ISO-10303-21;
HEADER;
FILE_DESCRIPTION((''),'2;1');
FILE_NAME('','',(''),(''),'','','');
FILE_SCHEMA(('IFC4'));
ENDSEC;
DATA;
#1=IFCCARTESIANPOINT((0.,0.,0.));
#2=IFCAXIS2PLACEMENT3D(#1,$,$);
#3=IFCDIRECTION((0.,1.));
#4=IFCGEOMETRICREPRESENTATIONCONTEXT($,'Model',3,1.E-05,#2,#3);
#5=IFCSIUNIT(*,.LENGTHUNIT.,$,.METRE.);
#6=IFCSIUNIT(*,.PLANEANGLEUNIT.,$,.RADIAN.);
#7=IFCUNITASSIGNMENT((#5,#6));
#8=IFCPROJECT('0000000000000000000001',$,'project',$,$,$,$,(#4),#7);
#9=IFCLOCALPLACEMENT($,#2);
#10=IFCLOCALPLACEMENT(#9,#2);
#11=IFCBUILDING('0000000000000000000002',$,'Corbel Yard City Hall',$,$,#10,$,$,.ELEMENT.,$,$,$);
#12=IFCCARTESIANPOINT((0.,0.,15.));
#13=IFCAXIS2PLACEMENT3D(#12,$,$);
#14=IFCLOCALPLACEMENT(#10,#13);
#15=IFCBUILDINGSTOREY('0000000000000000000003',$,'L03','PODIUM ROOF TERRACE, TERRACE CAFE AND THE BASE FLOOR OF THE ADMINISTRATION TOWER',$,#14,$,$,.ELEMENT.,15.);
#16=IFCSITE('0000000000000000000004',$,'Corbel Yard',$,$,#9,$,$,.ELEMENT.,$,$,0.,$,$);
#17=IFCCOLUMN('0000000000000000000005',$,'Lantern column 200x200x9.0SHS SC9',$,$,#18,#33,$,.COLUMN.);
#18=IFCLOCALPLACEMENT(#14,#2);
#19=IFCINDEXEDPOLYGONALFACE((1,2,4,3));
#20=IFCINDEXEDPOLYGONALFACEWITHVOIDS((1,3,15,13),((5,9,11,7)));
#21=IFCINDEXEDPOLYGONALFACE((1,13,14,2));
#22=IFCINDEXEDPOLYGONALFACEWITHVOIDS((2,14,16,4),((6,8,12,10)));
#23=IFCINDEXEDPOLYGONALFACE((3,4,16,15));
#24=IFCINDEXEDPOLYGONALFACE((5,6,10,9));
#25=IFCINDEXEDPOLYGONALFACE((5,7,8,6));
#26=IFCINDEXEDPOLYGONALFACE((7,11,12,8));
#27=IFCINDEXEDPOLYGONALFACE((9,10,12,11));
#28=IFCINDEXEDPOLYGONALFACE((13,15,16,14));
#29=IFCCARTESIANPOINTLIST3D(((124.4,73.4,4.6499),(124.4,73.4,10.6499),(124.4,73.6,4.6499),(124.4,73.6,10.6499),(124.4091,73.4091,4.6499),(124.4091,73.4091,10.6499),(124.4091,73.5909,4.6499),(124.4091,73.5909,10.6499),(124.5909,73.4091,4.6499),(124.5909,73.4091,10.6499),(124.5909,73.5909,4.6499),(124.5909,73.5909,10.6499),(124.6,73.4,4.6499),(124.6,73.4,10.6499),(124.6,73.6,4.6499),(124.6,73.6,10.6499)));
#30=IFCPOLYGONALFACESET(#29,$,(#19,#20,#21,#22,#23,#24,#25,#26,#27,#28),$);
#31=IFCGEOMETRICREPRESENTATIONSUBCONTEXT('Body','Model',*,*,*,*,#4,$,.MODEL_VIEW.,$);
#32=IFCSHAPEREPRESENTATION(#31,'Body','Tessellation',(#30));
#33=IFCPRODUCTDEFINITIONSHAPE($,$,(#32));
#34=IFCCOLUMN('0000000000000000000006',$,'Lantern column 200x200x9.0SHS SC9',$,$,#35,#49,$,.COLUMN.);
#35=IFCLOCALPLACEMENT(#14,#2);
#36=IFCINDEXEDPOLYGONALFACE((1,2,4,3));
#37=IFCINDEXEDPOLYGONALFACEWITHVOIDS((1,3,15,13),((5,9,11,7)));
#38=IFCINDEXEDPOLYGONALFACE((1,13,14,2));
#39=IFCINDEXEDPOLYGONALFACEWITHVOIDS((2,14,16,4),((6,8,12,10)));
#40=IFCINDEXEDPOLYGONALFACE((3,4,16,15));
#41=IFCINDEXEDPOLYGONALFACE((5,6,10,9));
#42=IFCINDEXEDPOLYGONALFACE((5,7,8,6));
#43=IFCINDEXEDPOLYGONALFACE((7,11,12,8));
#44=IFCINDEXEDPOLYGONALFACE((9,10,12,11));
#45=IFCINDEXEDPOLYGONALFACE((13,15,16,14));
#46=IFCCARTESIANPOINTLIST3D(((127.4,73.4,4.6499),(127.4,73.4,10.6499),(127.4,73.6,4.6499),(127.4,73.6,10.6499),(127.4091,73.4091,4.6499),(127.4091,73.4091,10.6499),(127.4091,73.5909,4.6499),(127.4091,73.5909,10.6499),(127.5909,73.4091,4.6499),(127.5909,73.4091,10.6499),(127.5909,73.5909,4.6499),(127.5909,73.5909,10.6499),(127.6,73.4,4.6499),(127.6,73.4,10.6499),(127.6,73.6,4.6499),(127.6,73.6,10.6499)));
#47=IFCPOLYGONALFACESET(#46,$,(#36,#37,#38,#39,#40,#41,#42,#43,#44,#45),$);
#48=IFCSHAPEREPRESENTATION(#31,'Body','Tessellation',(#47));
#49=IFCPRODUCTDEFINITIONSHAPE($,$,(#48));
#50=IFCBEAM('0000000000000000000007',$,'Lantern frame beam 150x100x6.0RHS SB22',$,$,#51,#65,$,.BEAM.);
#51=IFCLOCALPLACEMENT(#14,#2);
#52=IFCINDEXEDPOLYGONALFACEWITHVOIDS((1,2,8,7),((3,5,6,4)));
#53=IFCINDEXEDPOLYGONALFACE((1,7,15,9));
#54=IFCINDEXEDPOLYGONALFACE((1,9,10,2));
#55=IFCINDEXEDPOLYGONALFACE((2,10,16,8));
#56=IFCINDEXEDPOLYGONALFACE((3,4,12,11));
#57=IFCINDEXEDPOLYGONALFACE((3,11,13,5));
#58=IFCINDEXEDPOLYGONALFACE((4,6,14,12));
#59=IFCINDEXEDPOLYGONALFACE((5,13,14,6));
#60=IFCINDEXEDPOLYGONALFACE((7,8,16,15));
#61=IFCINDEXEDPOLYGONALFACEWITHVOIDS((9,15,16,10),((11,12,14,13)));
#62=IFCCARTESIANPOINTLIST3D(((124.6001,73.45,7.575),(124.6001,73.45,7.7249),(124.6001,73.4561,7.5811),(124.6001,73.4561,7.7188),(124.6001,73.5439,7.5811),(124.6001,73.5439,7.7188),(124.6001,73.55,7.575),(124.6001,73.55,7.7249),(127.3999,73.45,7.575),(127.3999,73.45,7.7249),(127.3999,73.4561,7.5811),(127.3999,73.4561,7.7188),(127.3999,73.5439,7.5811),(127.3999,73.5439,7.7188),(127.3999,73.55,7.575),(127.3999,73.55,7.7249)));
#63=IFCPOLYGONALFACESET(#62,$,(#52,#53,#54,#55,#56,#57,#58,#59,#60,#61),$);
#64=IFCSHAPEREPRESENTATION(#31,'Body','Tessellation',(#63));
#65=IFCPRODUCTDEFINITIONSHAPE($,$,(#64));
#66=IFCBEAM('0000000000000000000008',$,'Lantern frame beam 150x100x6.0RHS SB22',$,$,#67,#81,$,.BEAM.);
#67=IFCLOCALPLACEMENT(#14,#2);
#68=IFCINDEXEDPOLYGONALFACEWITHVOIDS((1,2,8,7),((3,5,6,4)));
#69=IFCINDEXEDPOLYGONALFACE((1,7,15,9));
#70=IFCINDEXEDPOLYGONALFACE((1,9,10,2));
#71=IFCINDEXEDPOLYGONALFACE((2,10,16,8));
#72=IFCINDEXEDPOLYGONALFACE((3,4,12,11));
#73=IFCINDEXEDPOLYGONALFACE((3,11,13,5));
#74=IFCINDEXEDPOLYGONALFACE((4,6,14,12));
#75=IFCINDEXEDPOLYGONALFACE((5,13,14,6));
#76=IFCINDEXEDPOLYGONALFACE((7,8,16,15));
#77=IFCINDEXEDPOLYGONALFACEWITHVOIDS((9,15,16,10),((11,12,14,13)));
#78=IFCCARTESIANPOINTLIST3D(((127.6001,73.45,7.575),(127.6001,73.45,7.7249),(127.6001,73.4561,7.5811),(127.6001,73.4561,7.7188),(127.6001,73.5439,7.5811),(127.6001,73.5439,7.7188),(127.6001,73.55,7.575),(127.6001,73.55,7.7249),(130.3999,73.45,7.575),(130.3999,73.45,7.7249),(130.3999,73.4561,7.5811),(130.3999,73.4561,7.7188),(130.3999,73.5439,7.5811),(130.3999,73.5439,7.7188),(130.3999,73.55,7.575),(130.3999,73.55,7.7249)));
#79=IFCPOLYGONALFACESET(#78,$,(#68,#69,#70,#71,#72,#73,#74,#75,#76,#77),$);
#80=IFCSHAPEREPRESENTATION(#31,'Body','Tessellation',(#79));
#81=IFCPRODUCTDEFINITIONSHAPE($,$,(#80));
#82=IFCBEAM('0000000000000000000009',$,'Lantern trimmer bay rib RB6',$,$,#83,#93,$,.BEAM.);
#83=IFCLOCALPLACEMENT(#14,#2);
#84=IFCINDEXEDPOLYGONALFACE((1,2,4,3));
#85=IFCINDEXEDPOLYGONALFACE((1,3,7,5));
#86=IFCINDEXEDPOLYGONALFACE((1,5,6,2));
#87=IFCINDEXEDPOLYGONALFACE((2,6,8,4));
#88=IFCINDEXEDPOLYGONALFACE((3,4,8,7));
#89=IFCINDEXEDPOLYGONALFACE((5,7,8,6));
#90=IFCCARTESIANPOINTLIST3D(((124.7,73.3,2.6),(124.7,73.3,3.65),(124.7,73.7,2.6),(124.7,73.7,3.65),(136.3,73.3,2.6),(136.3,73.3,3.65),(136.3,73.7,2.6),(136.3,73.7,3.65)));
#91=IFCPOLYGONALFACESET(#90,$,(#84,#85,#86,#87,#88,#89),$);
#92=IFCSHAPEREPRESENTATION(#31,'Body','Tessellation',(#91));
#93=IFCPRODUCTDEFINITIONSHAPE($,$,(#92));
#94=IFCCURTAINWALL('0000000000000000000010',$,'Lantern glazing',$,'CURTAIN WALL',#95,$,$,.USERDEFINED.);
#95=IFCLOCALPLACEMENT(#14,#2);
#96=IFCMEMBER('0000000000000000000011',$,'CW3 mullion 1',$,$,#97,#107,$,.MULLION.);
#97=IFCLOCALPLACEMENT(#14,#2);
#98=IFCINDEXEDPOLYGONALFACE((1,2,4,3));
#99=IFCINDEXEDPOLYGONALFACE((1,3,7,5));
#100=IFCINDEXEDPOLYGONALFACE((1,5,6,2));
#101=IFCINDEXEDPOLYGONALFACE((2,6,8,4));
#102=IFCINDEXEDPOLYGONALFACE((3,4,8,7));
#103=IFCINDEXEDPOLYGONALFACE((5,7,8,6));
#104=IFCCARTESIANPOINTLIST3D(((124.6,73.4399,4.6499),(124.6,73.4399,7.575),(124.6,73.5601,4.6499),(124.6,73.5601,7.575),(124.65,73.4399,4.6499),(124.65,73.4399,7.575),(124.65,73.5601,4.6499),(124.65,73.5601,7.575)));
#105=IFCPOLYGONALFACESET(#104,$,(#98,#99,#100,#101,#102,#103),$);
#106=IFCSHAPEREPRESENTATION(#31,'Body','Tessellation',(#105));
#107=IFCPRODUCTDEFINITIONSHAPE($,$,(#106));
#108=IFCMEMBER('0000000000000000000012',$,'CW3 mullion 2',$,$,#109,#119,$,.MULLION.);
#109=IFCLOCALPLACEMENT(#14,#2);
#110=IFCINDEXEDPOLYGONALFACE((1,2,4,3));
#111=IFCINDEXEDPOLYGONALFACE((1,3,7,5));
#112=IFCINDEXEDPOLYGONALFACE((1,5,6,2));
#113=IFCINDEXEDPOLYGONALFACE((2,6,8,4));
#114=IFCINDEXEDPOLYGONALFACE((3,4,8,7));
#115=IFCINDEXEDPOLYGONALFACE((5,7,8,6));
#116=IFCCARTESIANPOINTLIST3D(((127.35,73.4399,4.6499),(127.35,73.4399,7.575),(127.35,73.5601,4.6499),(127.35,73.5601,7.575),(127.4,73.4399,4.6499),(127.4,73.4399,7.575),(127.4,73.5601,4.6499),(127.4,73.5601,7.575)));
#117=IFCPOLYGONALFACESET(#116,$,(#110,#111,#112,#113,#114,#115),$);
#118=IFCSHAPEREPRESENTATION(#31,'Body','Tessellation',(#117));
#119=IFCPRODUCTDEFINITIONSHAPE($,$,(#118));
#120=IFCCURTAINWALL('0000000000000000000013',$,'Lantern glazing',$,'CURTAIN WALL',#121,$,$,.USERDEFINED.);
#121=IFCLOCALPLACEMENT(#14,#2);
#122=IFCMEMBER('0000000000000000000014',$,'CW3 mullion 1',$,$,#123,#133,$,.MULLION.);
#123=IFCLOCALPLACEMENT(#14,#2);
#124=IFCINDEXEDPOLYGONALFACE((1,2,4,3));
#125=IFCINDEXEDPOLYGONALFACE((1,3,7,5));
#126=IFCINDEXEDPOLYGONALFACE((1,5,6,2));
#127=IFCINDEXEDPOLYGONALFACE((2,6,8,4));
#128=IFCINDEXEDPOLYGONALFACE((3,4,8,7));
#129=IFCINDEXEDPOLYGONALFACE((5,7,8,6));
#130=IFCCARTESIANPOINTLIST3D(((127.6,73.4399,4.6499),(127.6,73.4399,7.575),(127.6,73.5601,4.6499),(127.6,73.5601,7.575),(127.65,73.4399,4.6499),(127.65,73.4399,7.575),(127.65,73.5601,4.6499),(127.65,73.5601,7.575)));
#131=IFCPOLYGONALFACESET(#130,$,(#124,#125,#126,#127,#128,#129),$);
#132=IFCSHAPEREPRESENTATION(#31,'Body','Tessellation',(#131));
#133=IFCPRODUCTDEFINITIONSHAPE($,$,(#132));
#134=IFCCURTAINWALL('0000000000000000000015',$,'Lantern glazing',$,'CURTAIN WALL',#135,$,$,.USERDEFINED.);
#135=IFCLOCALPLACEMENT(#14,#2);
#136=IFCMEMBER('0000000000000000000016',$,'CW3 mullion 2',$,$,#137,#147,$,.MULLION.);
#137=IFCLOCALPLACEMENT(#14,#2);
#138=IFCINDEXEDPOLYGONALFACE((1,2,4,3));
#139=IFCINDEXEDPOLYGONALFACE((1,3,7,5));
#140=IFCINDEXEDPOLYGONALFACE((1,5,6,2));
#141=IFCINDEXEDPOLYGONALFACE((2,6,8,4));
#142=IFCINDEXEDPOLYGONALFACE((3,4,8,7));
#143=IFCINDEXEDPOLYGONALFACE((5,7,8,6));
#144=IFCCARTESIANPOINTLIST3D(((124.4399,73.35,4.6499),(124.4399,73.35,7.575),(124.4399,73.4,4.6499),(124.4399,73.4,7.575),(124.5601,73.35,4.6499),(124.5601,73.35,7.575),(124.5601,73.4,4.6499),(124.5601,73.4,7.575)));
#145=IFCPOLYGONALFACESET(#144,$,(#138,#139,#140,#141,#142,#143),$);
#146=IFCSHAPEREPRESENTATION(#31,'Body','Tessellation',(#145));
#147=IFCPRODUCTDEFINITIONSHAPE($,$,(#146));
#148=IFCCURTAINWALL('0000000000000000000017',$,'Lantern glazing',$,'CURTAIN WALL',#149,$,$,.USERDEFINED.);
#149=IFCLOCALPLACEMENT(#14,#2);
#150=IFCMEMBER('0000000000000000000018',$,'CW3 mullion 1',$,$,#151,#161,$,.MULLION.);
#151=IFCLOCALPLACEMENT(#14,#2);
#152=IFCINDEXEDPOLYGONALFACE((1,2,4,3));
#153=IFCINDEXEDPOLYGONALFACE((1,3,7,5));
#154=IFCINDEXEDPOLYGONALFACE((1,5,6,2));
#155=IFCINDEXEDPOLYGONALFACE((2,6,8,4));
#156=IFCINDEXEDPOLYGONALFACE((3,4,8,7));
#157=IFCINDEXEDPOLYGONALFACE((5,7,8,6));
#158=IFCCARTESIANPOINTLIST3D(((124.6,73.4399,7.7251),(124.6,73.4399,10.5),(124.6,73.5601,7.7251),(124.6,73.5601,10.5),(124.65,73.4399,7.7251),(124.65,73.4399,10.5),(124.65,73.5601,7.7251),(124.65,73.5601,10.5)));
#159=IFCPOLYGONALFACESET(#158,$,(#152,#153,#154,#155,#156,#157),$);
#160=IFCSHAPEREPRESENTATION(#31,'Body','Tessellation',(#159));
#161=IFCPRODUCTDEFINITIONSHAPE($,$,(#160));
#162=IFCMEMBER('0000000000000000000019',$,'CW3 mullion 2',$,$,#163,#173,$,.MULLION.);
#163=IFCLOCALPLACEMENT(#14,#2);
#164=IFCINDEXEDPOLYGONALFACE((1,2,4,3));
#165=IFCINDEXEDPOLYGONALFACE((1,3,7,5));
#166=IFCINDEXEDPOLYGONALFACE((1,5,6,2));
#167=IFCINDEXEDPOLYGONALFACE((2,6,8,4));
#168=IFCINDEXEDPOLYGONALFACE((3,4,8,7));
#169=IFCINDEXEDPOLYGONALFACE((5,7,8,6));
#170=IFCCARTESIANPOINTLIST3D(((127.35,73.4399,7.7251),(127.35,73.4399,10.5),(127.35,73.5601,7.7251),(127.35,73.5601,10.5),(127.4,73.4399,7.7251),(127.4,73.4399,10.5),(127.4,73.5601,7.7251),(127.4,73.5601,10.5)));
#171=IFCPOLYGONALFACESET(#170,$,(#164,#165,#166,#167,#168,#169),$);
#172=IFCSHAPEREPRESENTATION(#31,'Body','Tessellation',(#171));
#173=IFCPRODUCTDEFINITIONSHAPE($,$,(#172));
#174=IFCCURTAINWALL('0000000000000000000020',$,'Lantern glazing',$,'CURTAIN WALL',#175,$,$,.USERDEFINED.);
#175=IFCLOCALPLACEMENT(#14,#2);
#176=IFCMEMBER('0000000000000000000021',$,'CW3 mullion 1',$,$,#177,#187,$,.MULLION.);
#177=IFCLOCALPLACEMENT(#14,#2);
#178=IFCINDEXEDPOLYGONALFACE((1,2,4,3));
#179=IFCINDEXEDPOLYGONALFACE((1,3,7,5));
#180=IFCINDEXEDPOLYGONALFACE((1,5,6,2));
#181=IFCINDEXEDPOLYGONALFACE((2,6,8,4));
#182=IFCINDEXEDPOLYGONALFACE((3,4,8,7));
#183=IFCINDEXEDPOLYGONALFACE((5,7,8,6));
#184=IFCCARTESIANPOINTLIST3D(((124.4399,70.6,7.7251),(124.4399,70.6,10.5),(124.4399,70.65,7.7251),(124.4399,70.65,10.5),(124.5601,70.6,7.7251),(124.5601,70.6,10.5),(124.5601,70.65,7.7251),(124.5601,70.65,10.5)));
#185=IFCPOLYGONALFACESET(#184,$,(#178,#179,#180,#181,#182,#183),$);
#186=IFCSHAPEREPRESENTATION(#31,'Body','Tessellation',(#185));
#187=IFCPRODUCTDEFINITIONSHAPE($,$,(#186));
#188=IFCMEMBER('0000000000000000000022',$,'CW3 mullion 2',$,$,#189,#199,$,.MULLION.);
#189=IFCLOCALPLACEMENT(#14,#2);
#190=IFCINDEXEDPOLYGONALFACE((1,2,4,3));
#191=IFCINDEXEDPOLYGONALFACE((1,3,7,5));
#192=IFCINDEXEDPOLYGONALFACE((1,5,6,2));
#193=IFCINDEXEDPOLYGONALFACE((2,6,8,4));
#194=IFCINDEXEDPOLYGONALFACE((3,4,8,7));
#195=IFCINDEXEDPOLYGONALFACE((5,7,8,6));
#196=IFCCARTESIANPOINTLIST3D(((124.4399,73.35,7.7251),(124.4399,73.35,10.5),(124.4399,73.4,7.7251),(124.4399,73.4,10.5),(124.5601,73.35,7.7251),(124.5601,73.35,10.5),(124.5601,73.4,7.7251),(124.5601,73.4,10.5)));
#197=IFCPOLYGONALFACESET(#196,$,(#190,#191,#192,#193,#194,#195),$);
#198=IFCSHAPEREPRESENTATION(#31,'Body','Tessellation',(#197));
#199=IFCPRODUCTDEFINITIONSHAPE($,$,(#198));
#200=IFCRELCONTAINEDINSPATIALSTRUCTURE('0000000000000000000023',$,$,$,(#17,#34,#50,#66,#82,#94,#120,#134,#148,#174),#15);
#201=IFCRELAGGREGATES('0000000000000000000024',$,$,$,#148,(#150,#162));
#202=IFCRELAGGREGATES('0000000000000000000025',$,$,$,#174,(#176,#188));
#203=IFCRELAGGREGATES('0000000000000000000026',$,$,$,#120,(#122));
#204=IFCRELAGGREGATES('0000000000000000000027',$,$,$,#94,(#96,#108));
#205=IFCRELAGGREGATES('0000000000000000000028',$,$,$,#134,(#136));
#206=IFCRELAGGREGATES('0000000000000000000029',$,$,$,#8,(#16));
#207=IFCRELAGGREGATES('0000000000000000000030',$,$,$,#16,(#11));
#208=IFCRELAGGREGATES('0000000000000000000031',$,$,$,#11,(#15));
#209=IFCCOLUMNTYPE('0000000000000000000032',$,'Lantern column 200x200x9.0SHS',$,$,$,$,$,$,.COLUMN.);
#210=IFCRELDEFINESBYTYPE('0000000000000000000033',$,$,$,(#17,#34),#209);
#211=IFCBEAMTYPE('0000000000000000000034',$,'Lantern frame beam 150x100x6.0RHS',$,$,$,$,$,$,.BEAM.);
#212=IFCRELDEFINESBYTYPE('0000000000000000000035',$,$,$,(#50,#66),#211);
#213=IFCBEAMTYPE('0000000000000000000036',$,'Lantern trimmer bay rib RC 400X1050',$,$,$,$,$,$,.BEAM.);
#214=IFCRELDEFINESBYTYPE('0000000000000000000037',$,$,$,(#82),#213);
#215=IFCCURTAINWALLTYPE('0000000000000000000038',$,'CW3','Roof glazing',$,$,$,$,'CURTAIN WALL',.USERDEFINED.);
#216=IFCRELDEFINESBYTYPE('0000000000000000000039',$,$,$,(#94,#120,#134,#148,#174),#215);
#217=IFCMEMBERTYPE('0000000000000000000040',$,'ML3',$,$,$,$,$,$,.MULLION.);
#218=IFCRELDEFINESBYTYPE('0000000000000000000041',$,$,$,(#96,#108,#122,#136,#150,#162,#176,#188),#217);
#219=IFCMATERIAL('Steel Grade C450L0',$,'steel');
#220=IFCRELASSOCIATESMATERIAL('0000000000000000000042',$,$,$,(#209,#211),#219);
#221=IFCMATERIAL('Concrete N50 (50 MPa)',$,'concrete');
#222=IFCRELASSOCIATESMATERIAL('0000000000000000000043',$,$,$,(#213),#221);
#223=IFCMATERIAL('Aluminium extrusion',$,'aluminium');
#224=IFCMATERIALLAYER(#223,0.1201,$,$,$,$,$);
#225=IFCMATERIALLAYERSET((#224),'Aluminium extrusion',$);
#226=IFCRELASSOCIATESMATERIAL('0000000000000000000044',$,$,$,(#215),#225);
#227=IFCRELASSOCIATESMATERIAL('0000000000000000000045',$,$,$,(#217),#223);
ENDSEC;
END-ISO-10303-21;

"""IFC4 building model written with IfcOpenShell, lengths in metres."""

from ifc_helpers import new_model, si_unit, direction, frame, origin, origin_2d, place, context, subcontext, project, spatial, rectangle, hollow_rectangle, extrude, material, layer, layer_set, material_profile, profile_set, type_object, element, aggregate, save


model = new_model("IFC4")

# Units and contexts
model_context = context("Model", 3, precision=1e-05, world=origin(), true_north=direction((0.0, 1.0)))
body_context = subcontext(model_context, "Body", "Model", "MODEL_VIEW")
ifc_project = project(units=[si_unit("LENGTHUNIT", "METRE"), si_unit("PLANEANGLEUNIT", "RADIAN")], contexts=[model_context])

# Site, building, storey
site_placement = place(None, origin())
site = spatial("IfcSite", under=ifc_project, at=site_placement, Name="Corbel Yard", CompositionType="ELEMENT", RefElevation=0.0)
building_placement = place(site_placement, origin())
building = spatial("IfcBuilding", under=site, at=building_placement, Name="Corbel Yard City Hall", CompositionType="ELEMENT")
storey_placement = place(building_placement, frame((0.0, 0.0, 15.0)))
storey = spatial("IfcBuildingStorey", under=building, at=storey_placement, Name="L03", Description="PODIUM ROOF TERRACE, TERRACE CAFE AND THE BASE FLOOR OF THE ADMINISTRATION TOWER", CompositionType="ELEMENT", Elevation=15.0)

# Columns
ifc_material_1 = material(Name="Steel Grade C450L0", Category="steel")
ifc_material_profile_1 = material_profile(ifc_material_1, hollow_rectangle(XDim=0.2, YDim=0.2, WallThickness=0.009, at=origin_2d()), Name="200x200x9.0SHS")
ifc_profile_set_1 = profile_set([ifc_material_profile_1], Name="Steel Grade C450L0")
column_type = type_object("IfcColumnType", Name="Lantern column 200x200x9.0SHS", PredefinedType="COLUMN", material=ifc_profile_set_1)
for number, where, z_axis, x_axis, name in (
    (1, (124.5, 73.5, 4.6499), (0.0, 0.0, 1.0), (1.0, 0.0, 0.0), "Lantern column 200x200x9.0SHS SC9"),
    (2, (127.5, 73.5, 4.6499), (0.0, 0.0, 1.0), (1.0, 0.0, 0.0), "Lantern column 200x200x9.0SHS SC9"),
):
    element("IfcColumn", number, at=place(storey_placement, frame(where, z_axis=z_axis, x_axis=x_axis)), inside=storey, type_object=column_type, Name=name, PredefinedType="COLUMN", context=body_context, shape_type="SweptSolid", body=[
        extrude(hollow_rectangle(XDim=0.2, YDim=0.2, WallThickness=0.009, at=origin_2d()), origin(), (0.0, 0.0, 1.0), 6.0),
    ])

# Beams
ifc_material_profile_2 = material_profile(ifc_material_1, hollow_rectangle(XDim=0.1001, YDim=0.1499, WallThickness=0.0061, at=origin_2d()), Name="150x100x6.0RHS")
ifc_profile_set_2 = profile_set([ifc_material_profile_2], Name="Steel Grade C450L0")
beam_type_1 = type_object("IfcBeamType", Name="Lantern frame beam 150x100x6.0RHS", PredefinedType="BEAM", material=ifc_profile_set_2)
for number, where, z_axis, x_axis, name in (
    (3, (124.6001, 73.5, 7.6499), (1.0, 0.0, 0.0), (0.0, 1.0, 0.0), "Lantern frame beam 150x100x6.0RHS SB22"),
    (4, (127.6001, 73.5, 7.6499), (1.0, 0.0, 0.0), (0.0, 1.0, 0.0), "Lantern frame beam 150x100x6.0RHS SB22"),
):
    element("IfcBeam", number, at=place(storey_placement, frame(where, z_axis=z_axis, x_axis=x_axis)), inside=storey, type_object=beam_type_1, Name=name, PredefinedType="BEAM", context=body_context, shape_type="SweptSolid", body=[
        extrude(hollow_rectangle(XDim=0.1001, YDim=0.1499, WallThickness=0.0061, at=origin_2d()), origin(), (0.0, 0.0, 1.0), 2.7998),
    ])
ifc_material_2 = material(Name="Concrete N50 (50 MPa)", Category="concrete")
ifc_material_profile_3 = material_profile(ifc_material_2, rectangle(XDim=0.3999, YDim=1.05, at=origin_2d()), Name="400x1050")
ifc_profile_set_3 = profile_set([ifc_material_profile_3], Name="Concrete N50 (50 MPa)")
beam_type_2 = type_object("IfcBeamType", Name="Lantern trimmer bay rib RC 400X1050", PredefinedType="BEAM", material=ifc_profile_set_3)
beam_placement = place(storey_placement, frame((124.7, 73.5, 3.125), z_axis=(1.0, 0.0, 0.0), x_axis=(0.0, 1.0, 0.0)))
element("IfcBeam", 5, at=beam_placement, inside=storey, type_object=beam_type_2, Name="Lantern trimmer bay rib RB6", PredefinedType="BEAM", context=body_context, shape_type="SweptSolid", body=[
    extrude(rectangle(XDim=0.3999, YDim=1.05, at=origin_2d()), origin(), (0.0, 0.0, 1.0), 11.6001),
])

# Curtain wall, members
ifc_material_3 = material(Name="Aluminium extrusion", Category="aluminium")
ifc_layer_1 = layer(ifc_material_3, 0.1201)
ifc_layer_set_1 = layer_set([ifc_layer_1], Name="Aluminium extrusion")
curtain_wall_type = type_object("IfcCurtainWallType", Name="CW3", Description="Roof glazing", ElementType="CURTAIN WALL", PredefinedType="USERDEFINED", material=ifc_layer_set_1)
curtain_wall_1_placement = place(storey_placement, origin())
curtain_wall_1 = element("IfcCurtainWall", 6, at=curtain_wall_1_placement, inside=storey, type_object=curtain_wall_type, Name="Lantern glazing", ObjectType="CURTAIN WALL", PredefinedType="USERDEFINED")
ifc_material_profile_4 = material_profile(ifc_material_3, rectangle(XDim=0.1201, YDim=0.05, at=origin_2d()), Name="120x50")
ifc_profile_set_4 = profile_set([ifc_material_profile_4], Name="Aluminium extrusion")
member_type_1 = type_object("IfcMemberType", Name="ML3", PredefinedType="MULLION", material=ifc_profile_set_4)
member_1_placement = place(storey_placement, frame((124.625, 73.5, 4.6499), z_axis=(0.0, 0.0, 1.0), x_axis=(0.0, 1.0, 0.0)))
member_1 = element("IfcMember", 7, at=member_1_placement, type_object=member_type_1, Name="CW3 mullion 1", PredefinedType="MULLION", context=body_context, shape_type="SweptSolid", body=[
    extrude(rectangle(XDim=0.1201, YDim=0.05, at=origin_2d()), origin(), (0.0, 0.0, 1.0), 2.925),
])
member_2_placement = place(storey_placement, frame((127.375, 73.5, 4.6499), z_axis=(0.0, 0.0, 1.0), x_axis=(0.0, 1.0, 0.0)))
member_2 = element("IfcMember", 8, at=member_2_placement, type_object=member_type_1, Name="CW3 mullion 2", PredefinedType="MULLION", context=body_context, shape_type="SweptSolid", body=[
    extrude(rectangle(XDim=0.1201, YDim=0.05, at=origin_2d()), origin(), (0.0, 0.0, 1.0), 2.925),
])

# Curtain walls, members
curtain_wall_2_placement = place(storey_placement, origin())
curtain_wall_2 = element("IfcCurtainWall", 9, at=curtain_wall_2_placement, inside=storey, type_object=curtain_wall_type, Name="Lantern glazing", ObjectType="CURTAIN WALL", PredefinedType="USERDEFINED")
member_3_placement = place(storey_placement, frame((127.625, 73.5, 4.6499), z_axis=(0.0, 0.0, 1.0), x_axis=(0.0, 1.0, 0.0)))
member_3 = element("IfcMember", 10, at=member_3_placement, type_object=member_type_1, Name="CW3 mullion 1", PredefinedType="MULLION", context=body_context, shape_type="SweptSolid", body=[
    extrude(rectangle(XDim=0.1201, YDim=0.05, at=origin_2d()), origin(), (0.0, 0.0, 1.0), 2.925),
])
curtain_wall_3_placement = place(storey_placement, origin())
curtain_wall_3 = element("IfcCurtainWall", 11, at=curtain_wall_3_placement, inside=storey, type_object=curtain_wall_type, Name="Lantern glazing", ObjectType="CURTAIN WALL", PredefinedType="USERDEFINED")
member_4_placement = place(storey_placement, frame((124.5, 73.375, 4.6499), z_axis=(0.0, 0.0, 1.0), x_axis=(-1.0, 0.0, 0.0)))
member_4 = element("IfcMember", 12, at=member_4_placement, type_object=member_type_1, Name="CW3 mullion 2", PredefinedType="MULLION", context=body_context, shape_type="SweptSolid", body=[
    extrude(rectangle(XDim=0.1201, YDim=0.05, at=origin_2d()), origin(), (0.0, 0.0, 1.0), 2.925),
])

# Curtain walls, members
curtain_wall_4_placement = place(storey_placement, origin())
curtain_wall_4 = element("IfcCurtainWall", 13, at=curtain_wall_4_placement, inside=storey, type_object=curtain_wall_type, Name="Lantern glazing", ObjectType="CURTAIN WALL", PredefinedType="USERDEFINED")
member_5_placement = place(storey_placement, frame((124.625, 73.5, 7.7251), z_axis=(0.0, 0.0, 1.0), x_axis=(0.0, 1.0, 0.0)))
member_5 = element("IfcMember", 14, at=member_5_placement, type_object=member_type_1, Name="CW3 mullion 1", PredefinedType="MULLION", context=body_context, shape_type="SweptSolid", body=[
    extrude(rectangle(XDim=0.1201, YDim=0.05, at=origin_2d()), origin(), (0.0, 0.0, 1.0), 2.7749),
])
member_6_placement = place(storey_placement, frame((127.375, 73.5, 7.7251), z_axis=(0.0, 0.0, 1.0), x_axis=(0.0, 1.0, 0.0)))
member_6 = element("IfcMember", 15, at=member_6_placement, type_object=member_type_1, Name="CW3 mullion 2", PredefinedType="MULLION", context=body_context, shape_type="SweptSolid", body=[
    extrude(rectangle(XDim=0.1201, YDim=0.05, at=origin_2d()), origin(), (0.0, 0.0, 1.0), 2.7749),
])
aggregate(curtain_wall_4, [member_5, member_6])
curtain_wall_5_placement = place(storey_placement, origin())
curtain_wall_5 = element("IfcCurtainWall", 16, at=curtain_wall_5_placement, inside=storey, type_object=curtain_wall_type, Name="Lantern glazing", ObjectType="CURTAIN WALL", PredefinedType="USERDEFINED")
member_7_placement = place(storey_placement, frame((124.5, 70.625, 7.7251), z_axis=(0.0, 0.0, 1.0), x_axis=(-1.0, 0.0, 0.0)))
member_7 = element("IfcMember", 17, at=member_7_placement, type_object=member_type_1, Name="CW3 mullion 1", PredefinedType="MULLION", context=body_context, shape_type="SweptSolid", body=[
    extrude(rectangle(XDim=0.1201, YDim=0.05, at=origin_2d()), origin(), (0.0, 0.0, 1.0), 2.7749),
])
member_8_placement = place(storey_placement, frame((124.5, 73.375, 7.7251), z_axis=(0.0, 0.0, 1.0), x_axis=(-1.0, 0.0, 0.0)))
member_8 = element("IfcMember", 18, at=member_8_placement, type_object=member_type_1, Name="CW3 mullion 2", PredefinedType="MULLION", context=body_context, shape_type="SweptSolid", body=[
    extrude(rectangle(XDim=0.1201, YDim=0.05, at=origin_2d()), origin(), (0.0, 0.0, 1.0), 2.7749),
])
aggregate(curtain_wall_5, [member_7, member_8])

aggregate(curtain_wall_2, [member_3])

aggregate(curtain_wall_1, [member_1, member_2])
aggregate(curtain_wall_3, [member_4])

save(model, "model.ifc")
